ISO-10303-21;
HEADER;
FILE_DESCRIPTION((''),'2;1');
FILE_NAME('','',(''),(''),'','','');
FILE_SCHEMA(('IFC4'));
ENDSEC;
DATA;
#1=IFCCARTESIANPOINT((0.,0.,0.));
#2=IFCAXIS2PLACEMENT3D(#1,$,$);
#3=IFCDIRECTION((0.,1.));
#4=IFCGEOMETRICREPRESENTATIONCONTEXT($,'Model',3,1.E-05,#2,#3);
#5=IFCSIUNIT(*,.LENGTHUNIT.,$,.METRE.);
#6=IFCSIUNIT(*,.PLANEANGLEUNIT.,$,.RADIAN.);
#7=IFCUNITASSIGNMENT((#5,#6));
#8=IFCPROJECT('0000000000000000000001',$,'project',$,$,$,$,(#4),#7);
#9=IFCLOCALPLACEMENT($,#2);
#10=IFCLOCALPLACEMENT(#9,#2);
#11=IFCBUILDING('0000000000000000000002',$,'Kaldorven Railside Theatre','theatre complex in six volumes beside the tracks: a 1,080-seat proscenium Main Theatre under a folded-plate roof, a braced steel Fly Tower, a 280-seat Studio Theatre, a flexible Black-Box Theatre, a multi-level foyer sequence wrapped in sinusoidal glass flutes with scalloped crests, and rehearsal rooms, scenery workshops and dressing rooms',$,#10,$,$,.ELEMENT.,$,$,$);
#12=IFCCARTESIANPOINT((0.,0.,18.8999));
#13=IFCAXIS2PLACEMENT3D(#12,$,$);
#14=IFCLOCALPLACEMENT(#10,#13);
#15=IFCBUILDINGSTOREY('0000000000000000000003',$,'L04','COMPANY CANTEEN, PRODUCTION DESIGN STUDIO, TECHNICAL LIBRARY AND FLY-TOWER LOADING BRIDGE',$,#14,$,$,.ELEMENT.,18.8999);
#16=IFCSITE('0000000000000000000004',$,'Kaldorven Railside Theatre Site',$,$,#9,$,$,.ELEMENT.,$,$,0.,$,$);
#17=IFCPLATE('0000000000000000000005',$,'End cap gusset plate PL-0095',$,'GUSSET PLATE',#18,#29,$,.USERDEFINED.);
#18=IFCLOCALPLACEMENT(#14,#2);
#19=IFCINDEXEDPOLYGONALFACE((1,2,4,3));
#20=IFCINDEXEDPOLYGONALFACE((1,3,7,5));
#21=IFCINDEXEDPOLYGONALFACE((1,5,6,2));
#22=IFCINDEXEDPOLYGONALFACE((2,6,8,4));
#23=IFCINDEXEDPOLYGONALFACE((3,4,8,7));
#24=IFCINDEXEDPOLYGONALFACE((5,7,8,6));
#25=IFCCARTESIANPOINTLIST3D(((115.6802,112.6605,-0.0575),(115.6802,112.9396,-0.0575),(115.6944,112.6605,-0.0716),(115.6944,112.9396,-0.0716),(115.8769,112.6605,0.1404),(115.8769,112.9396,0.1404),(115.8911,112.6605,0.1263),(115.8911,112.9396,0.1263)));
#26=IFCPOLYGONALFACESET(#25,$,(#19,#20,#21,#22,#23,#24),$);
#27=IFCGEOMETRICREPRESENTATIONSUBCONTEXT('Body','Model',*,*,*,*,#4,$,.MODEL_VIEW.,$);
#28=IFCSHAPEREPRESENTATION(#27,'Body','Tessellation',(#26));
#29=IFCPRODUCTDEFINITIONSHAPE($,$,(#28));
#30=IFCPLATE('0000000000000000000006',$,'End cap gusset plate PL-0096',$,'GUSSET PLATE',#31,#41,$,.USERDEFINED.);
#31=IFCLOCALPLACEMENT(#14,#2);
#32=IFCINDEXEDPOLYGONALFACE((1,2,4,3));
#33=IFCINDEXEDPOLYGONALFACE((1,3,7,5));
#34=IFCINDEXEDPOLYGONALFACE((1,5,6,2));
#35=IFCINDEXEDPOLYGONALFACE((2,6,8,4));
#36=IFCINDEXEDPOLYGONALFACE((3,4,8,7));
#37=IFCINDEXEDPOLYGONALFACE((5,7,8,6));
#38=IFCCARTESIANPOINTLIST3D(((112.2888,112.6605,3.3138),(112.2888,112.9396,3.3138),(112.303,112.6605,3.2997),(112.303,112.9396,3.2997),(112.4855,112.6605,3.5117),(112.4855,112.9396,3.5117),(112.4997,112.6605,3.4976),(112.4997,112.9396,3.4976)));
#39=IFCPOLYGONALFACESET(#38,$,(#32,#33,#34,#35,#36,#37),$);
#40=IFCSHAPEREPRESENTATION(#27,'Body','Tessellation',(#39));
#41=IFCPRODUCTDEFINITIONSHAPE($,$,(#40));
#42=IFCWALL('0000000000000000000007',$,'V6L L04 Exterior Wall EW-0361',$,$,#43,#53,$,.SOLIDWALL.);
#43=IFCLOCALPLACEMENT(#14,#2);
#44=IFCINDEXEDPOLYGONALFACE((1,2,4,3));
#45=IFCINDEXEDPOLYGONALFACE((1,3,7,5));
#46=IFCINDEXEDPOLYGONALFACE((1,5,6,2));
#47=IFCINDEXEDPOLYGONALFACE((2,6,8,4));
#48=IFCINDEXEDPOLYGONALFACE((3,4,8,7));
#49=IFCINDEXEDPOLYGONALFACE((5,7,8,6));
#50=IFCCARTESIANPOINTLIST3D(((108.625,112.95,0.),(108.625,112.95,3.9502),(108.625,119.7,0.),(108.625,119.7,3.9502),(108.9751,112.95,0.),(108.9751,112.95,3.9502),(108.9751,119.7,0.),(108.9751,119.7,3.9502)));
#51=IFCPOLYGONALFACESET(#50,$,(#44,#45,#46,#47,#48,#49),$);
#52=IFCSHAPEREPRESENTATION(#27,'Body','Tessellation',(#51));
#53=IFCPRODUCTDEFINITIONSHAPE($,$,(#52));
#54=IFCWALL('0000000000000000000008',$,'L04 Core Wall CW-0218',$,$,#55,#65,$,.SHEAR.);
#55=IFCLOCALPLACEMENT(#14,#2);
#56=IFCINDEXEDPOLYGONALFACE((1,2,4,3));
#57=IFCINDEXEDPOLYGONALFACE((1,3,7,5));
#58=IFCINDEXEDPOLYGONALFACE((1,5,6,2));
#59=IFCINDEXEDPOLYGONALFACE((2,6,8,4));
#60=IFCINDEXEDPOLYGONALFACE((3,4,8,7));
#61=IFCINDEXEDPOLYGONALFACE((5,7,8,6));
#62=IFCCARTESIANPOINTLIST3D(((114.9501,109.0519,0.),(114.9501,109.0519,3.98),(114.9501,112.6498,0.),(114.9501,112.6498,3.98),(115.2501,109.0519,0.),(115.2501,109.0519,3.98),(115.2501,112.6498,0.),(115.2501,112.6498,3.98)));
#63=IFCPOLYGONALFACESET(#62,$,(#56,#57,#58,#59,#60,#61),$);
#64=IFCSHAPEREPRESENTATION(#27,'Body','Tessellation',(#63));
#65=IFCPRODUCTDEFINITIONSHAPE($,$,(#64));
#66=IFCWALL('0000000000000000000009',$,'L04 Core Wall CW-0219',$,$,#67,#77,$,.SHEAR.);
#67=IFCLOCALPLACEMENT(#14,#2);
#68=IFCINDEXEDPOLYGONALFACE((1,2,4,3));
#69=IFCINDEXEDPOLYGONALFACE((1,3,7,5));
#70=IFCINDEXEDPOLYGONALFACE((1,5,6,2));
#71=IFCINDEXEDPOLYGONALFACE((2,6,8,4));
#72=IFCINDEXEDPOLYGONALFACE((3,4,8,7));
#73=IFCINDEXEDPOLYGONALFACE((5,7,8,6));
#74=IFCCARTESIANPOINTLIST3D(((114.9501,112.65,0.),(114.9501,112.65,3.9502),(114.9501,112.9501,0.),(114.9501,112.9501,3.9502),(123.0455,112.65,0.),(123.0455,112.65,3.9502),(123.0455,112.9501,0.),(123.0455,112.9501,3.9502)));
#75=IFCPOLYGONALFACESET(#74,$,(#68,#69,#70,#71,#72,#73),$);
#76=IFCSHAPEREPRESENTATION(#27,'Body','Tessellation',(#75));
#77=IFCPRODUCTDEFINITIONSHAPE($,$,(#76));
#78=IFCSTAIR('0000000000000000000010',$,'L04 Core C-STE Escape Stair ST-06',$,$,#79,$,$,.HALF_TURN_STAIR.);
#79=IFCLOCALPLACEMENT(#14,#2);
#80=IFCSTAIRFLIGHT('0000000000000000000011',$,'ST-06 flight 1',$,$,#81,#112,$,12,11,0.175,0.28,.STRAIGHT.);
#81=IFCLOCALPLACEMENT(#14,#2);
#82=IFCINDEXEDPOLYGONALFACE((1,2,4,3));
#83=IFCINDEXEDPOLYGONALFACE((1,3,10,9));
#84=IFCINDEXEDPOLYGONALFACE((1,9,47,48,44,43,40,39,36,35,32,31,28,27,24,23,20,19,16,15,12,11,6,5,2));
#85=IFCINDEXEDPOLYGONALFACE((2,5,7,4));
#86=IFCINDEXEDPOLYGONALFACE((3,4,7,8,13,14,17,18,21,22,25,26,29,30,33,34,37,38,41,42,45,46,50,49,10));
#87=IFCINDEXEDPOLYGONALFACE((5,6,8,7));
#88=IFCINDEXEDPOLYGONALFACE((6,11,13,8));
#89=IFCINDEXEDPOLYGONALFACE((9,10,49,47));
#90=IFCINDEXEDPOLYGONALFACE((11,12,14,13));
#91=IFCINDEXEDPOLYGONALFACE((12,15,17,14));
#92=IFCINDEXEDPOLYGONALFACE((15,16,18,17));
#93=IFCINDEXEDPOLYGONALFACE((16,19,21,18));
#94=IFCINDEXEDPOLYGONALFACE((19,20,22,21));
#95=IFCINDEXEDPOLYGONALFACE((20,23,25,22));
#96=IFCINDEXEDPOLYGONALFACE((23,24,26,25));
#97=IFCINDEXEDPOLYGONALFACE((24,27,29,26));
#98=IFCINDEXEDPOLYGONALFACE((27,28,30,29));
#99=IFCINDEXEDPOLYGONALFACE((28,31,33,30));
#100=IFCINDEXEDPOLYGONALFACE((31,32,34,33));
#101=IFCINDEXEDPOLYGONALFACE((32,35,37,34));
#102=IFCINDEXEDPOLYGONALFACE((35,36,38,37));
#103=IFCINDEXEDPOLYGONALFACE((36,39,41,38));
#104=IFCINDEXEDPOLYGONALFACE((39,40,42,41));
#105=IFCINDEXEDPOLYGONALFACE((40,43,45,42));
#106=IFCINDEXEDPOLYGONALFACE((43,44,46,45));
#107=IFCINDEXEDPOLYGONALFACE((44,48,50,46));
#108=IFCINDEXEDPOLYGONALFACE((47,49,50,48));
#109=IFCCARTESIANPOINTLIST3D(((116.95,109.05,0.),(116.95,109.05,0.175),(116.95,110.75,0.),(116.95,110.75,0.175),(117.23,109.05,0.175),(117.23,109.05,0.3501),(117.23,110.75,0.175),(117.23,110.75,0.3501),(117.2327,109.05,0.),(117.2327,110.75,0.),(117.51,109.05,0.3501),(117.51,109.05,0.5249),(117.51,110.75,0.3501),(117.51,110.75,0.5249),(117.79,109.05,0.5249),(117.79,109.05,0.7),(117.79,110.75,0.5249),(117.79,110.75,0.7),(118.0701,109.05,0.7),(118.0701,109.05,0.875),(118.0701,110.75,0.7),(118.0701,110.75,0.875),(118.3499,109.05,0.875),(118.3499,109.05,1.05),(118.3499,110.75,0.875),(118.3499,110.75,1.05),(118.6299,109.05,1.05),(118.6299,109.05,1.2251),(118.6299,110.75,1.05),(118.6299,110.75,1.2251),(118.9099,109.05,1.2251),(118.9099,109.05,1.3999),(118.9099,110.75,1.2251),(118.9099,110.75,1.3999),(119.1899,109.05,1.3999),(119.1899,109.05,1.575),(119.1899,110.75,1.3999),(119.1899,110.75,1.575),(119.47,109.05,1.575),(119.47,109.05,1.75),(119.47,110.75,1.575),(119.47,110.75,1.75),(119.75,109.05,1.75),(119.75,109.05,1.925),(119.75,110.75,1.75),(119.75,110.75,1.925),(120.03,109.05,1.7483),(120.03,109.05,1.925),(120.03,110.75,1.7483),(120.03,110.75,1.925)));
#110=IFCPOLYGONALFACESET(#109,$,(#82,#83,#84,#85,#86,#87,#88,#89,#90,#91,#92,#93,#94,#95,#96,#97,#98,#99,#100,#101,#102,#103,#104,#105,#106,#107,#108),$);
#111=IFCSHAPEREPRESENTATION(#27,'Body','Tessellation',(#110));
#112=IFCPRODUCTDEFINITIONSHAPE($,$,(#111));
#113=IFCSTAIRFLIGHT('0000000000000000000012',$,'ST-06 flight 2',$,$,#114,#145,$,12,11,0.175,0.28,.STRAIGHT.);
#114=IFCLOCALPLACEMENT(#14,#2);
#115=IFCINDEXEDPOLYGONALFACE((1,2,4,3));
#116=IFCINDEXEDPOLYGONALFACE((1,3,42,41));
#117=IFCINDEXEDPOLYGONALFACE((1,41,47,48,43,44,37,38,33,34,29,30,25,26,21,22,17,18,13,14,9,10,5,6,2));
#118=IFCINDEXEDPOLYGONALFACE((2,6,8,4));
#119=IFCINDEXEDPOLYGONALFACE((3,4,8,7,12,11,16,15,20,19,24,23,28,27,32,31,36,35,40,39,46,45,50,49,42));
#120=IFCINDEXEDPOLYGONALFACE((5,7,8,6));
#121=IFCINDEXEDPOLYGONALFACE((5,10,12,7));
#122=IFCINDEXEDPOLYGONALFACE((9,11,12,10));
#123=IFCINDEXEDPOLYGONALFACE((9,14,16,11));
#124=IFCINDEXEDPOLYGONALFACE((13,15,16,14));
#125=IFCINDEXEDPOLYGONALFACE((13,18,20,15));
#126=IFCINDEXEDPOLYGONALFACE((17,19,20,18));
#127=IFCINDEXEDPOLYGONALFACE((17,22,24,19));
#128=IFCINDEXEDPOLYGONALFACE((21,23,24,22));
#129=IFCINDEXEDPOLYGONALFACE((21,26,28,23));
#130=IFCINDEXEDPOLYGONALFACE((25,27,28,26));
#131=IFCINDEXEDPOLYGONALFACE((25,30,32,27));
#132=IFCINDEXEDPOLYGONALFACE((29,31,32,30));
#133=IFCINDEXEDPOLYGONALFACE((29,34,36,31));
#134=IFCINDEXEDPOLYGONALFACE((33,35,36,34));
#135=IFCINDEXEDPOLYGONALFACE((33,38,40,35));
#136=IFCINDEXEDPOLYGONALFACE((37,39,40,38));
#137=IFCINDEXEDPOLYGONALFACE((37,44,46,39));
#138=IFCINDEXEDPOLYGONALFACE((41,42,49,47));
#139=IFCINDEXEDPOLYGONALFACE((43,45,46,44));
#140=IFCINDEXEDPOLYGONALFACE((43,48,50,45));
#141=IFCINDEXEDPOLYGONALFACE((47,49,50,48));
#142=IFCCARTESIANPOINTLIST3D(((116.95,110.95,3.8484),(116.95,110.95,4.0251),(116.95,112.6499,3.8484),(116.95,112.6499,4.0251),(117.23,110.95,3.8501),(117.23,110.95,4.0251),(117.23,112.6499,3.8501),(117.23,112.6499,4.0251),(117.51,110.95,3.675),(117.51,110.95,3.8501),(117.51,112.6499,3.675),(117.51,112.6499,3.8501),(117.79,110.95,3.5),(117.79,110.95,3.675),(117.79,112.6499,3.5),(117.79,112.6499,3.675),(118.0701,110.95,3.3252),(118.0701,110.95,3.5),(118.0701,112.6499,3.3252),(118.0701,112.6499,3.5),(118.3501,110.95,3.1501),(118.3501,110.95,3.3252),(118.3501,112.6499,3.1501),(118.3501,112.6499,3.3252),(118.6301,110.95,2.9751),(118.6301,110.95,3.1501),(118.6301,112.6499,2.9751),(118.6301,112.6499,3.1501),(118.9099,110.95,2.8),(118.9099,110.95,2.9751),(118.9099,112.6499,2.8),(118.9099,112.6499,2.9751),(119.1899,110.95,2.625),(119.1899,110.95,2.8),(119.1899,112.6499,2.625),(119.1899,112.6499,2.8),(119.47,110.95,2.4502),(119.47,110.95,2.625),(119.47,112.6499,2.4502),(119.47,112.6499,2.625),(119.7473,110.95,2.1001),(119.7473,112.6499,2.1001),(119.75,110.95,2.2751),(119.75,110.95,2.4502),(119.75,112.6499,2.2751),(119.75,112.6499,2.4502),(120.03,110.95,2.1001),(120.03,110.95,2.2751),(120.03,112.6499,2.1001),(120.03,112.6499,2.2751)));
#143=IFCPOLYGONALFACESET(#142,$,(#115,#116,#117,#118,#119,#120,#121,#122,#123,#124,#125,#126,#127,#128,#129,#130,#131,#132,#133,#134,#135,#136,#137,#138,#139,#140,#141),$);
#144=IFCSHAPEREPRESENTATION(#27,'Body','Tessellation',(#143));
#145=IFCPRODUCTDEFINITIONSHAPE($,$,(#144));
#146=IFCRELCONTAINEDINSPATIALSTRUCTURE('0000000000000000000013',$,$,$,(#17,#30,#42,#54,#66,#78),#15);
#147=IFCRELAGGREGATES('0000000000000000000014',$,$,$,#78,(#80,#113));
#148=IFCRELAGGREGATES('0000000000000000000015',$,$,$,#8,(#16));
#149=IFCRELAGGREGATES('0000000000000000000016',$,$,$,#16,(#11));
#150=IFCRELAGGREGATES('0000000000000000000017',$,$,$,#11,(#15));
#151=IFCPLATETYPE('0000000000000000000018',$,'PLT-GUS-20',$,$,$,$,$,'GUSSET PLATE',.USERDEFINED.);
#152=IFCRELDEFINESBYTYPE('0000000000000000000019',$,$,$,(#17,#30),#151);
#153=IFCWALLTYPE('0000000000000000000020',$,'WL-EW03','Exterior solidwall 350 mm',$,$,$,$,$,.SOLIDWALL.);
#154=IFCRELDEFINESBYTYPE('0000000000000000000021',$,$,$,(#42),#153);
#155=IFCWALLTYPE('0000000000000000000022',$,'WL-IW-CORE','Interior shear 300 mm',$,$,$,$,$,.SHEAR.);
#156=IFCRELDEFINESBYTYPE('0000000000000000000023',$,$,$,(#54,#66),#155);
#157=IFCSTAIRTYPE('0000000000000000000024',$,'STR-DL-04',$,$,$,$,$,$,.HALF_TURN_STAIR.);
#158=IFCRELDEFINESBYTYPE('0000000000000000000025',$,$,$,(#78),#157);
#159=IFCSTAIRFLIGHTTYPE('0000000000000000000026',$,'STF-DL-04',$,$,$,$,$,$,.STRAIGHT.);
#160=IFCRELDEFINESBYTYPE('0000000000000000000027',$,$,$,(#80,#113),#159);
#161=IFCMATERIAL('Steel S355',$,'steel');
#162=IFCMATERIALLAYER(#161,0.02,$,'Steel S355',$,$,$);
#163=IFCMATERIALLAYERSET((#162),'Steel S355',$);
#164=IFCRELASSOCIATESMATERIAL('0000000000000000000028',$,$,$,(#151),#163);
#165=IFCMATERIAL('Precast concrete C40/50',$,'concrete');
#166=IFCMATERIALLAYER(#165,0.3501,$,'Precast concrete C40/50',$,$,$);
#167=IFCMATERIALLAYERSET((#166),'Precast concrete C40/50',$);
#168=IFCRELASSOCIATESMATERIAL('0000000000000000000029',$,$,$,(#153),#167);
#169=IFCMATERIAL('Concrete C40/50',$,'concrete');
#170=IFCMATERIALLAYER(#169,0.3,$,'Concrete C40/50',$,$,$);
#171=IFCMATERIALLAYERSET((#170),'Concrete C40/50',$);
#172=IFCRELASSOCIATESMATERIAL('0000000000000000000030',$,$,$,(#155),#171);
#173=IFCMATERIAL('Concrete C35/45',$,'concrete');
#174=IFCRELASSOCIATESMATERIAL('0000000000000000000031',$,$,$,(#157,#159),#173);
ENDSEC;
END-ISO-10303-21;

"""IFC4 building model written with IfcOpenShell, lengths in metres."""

from ifc_helpers import new_model, si_unit, direction, frame, frame_2d, origin, origin_2d, place, context, subcontext, project, spatial, polyline, rectangle, outline, extrude, material, layer, layer_set, type_object, element, aggregate, save


model = new_model("IFC4")

# Units and contexts
model_context = context("Model", 3, precision=1e-05, world=origin(), true_north=direction((0.0, 1.0)))
body_context = subcontext(model_context, "Body", "Model", "MODEL_VIEW")
ifc_project = project(units=[si_unit("LENGTHUNIT", "METRE"), si_unit("PLANEANGLEUNIT", "RADIAN")], contexts=[model_context])

# Site, building, storey
site_placement = place(None, origin())
site = spatial("IfcSite", under=ifc_project, at=site_placement, Name="Kaldorven Railside Theatre Site", CompositionType="ELEMENT", RefElevation=0.0)
building_placement = place(site_placement, origin())
building = spatial("IfcBuilding", under=site, at=building_placement, Name="Kaldorven Railside Theatre", Description="theatre complex in six volumes beside the tracks: a 1,080-seat proscenium Main Theatre under a folded-plate roof, a braced steel Fly Tower, a 280-seat Studio Theatre, a flexible Black-Box Theatre, a multi-level foyer sequence wrapped in sinusoidal glass flutes with scalloped crests, and rehearsal rooms, scenery workshops and dressing rooms", CompositionType="ELEMENT")
storey_placement = place(building_placement, frame((0.0, 0.0, 18.8999)))
storey = spatial("IfcBuildingStorey", under=building, at=storey_placement, Name="L04", Description="COMPANY CANTEEN, PRODUCTION DESIGN STUDIO, TECHNICAL LIBRARY AND FLY-TOWER LOADING BRIDGE", CompositionType="ELEMENT", Elevation=18.8999)

# Shared definitions
ifc_material_1 = material(Name="Concrete C40/50", Category="concrete")

# Shared definitions
ifc_material_2 = material(Name="Steel S355", Category="steel")

# Plates
ifc_layer_1 = layer(ifc_material_2, 0.02, Name="Steel S355")
ifc_layer_set_1 = layer_set([ifc_layer_1], Name="Steel S355")
plate_type = type_object("IfcPlateType", Name="PLT-GUS-20", ElementType="GUSSET PLATE", PredefinedType="USERDEFINED", material=ifc_layer_set_1)
for number, where, z_axis, x_axis, name in (
    (1, (115.7927, 112.8, 0.0273), (-0.709202, 0.0, 0.705006), (0.0, -1.0, 0.0), "End cap gusset plate PL-0095"),
    (2, (112.4014, 112.8, 3.3987), (-0.709202, 0.0, 0.705006), (0.0, -1.0, 0.0), "End cap gusset plate PL-0096"),
):
    element("IfcPlate", number, at=place(storey_placement, frame(where, z_axis=z_axis, x_axis=x_axis)), inside=storey, type_object=plate_type, Name=name, ObjectType="GUSSET PLATE", PredefinedType="USERDEFINED", context=body_context, shape_type="SweptSolid", body=[
        extrude(rectangle(XDim=0.2791, YDim=0.2791, at=origin_2d()), origin(), (0.0, 0.0, 1.0), 0.02),
    ])

# Wall
ifc_material_3 = material(Name="Precast concrete C40/50", Category="concrete")
ifc_layer_2 = layer(ifc_material_3, 0.3501, Name="Precast concrete C40/50")
ifc_layer_set_2 = layer_set([ifc_layer_2], Name="Precast concrete C40/50")
wall_type_1 = type_object("IfcWallType", Name="WL-EW03", Description="Exterior solidwall 350 mm", PredefinedType="SOLIDWALL", material=ifc_layer_set_2)
wall_1_placement = place(storey_placement, frame((108.8, 112.95, 0.0), z_axis=(0.0, 0.0, 1.0), x_axis=(0.0, 1.0, 0.0)))
element("IfcWall", 3, at=wall_1_placement, inside=storey, type_object=wall_type_1, Name="V6L L04 Exterior Wall EW-0361", PredefinedType="SOLIDWALL", context=body_context, shape_type="SweptSolid", body=[
    extrude(rectangle(XDim=6.75, YDim=0.3501, at=frame_2d((3.375, 0.0))), origin(), (0.0, 0.0, 1.0), 3.9502),
])

# Walls
ifc_layer_3 = layer(ifc_material_1, 0.3, Name="Concrete C40/50")
ifc_layer_set_3 = layer_set([ifc_layer_3], Name="Concrete C40/50")
wall_type_2 = type_object("IfcWallType", Name="WL-IW-CORE", Description="Interior shear 300 mm", PredefinedType="SHEAR", material=ifc_layer_set_3)
wall_2_placement = place(storey_placement, frame((115.1001, 109.052, 0.0), z_axis=(0.0, 0.0, 1.0), x_axis=(0.0, 1.0, 0.0)))
element("IfcWall", 4, at=wall_2_placement, inside=storey, type_object=wall_type_2, Name="L04 Core Wall CW-0218", PredefinedType="SHEAR", context=body_context, shape_type="SweptSolid", body=[
    extrude(rectangle(XDim=3.5979, YDim=0.3, at=frame_2d((1.7988, 0.0))), origin(), (0.0, 0.0, 1.0), 3.98),
])
wall_3_placement = place(storey_placement, frame((114.95, 112.8, 0.0), z_axis=(0.0, 0.0, 1.0), x_axis=(1.0, 0.0, 0.0)))
element("IfcWall", 5, at=wall_3_placement, inside=storey, type_object=wall_type_2, Name="L04 Core Wall CW-0219", PredefinedType="SHEAR", context=body_context, shape_type="SweptSolid", body=[
    extrude(rectangle(XDim=8.0955, YDim=0.3, at=frame_2d((4.0479, 0.0))), origin(), (0.0, 0.0, 1.0), 3.9502),
])

# Stair, stair flights
ifc_material_4 = material(Name="Concrete C35/45", Category="concrete")
stair_type = type_object("IfcStairType", Name="STR-DL-04", PredefinedType="HALF_TURN_STAIR", material=ifc_material_4)
stair_placement = place(storey_placement, origin())
stair = element("IfcStair", 6, at=stair_placement, inside=storey, type_object=stair_type, Name="L04 Core C-STE Escape Stair ST-06", PredefinedType="HALF_TURN_STAIR")
stair_flight_type = type_object("IfcStairFlightType", Name="STF-DL-04", PredefinedType="STRAIGHT", material=ifc_material_4)
stair_flight_1_placement = place(storey_placement, frame((116.95, 109.8999, 0.0), z_axis=(0.0, 0.0, 1.0), x_axis=(1.0, 0.0, 0.0)))
stair_flight_1 = element("IfcStairFlight", 7, at=stair_flight_1_placement, type_object=stair_flight_type, Name="ST-06 flight 1", NumberOfRisers=12, NumberOfTreads=11, PredefinedType="STRAIGHT", RiserHeight=0.175, TreadLength=0.28, context=body_context, shape_type="SweptSolid", body=[
    extrude(outline(polyline([(0.0, 0.0), (0.0, 0.175), (0.28, 0.175), (0.28, 0.3501), (0.5601, 0.3501), (0.5601, 0.5249), (0.8401, 0.5249), (0.8401, 0.7), (1.1201, 0.7), (1.1201, 0.875), (1.3999, 0.875), (1.3999, 1.05), (1.6799, 1.05), (1.6799, 1.2251), (1.96, 1.2251), (1.96, 1.3999), (2.24, 1.3999), (2.24, 1.575), (2.52, 1.575), (2.52, 1.75), (2.8, 1.75), (2.8, 1.925), (3.0801, 1.925), (3.0801, 2.1001), (3.0801, 1.7483), (0.2827, 0.0), (0.0, 0.0)])), frame((0.0, 0.8501, 0.0), z_axis=(0.0, -1.0, 0.0), x_axis=(1.0, 0.0, 0.0)), (0.0, 0.0, 1.0), 1.7),
])
stair_flight_2_placement = place(storey_placement, frame((120.03, 111.8, 2.1001), z_axis=(0.0, 0.0, 1.0), x_axis=(-1.0, 0.0, 0.0)))
stair_flight_2 = element("IfcStairFlight", 8, at=stair_flight_2_placement, type_object=stair_flight_type, Name="ST-06 flight 2", NumberOfRisers=12, NumberOfTreads=11, PredefinedType="STRAIGHT", RiserHeight=0.175, TreadLength=0.28, context=body_context, shape_type="SweptSolid", body=[
    extrude(outline(polyline([(0.0, 0.0), (0.0, 0.175), (0.28, 0.175), (0.28, 0.3501), (0.5601, 0.3501), (0.5601, 0.5249), (0.8401, 0.5249), (0.8401, 0.7), (1.1201, 0.7), (1.1201, 0.875), (1.3999, 0.875), (1.3999, 1.05), (1.6799, 1.05), (1.6799, 1.2251), (1.96, 1.2251), (1.96, 1.3999), (2.24, 1.3999), (2.24, 1.575), (2.52, 1.575), (2.52, 1.75), (2.8, 1.75), (2.8, 1.925), (3.0801, 1.925), (3.0801, 2.1001), (3.0801, 1.7483), (0.2827, 0.0), (0.0, 0.0)])), frame((0.0, 0.8501, 0.0), z_axis=(0.0, -1.0, 0.0), x_axis=(1.0, 0.0, 0.0)), (0.0, 0.0, 1.0), 1.7),
])
aggregate(stair, [stair_flight_1, stair_flight_2])

save(model, "model.ifc")
